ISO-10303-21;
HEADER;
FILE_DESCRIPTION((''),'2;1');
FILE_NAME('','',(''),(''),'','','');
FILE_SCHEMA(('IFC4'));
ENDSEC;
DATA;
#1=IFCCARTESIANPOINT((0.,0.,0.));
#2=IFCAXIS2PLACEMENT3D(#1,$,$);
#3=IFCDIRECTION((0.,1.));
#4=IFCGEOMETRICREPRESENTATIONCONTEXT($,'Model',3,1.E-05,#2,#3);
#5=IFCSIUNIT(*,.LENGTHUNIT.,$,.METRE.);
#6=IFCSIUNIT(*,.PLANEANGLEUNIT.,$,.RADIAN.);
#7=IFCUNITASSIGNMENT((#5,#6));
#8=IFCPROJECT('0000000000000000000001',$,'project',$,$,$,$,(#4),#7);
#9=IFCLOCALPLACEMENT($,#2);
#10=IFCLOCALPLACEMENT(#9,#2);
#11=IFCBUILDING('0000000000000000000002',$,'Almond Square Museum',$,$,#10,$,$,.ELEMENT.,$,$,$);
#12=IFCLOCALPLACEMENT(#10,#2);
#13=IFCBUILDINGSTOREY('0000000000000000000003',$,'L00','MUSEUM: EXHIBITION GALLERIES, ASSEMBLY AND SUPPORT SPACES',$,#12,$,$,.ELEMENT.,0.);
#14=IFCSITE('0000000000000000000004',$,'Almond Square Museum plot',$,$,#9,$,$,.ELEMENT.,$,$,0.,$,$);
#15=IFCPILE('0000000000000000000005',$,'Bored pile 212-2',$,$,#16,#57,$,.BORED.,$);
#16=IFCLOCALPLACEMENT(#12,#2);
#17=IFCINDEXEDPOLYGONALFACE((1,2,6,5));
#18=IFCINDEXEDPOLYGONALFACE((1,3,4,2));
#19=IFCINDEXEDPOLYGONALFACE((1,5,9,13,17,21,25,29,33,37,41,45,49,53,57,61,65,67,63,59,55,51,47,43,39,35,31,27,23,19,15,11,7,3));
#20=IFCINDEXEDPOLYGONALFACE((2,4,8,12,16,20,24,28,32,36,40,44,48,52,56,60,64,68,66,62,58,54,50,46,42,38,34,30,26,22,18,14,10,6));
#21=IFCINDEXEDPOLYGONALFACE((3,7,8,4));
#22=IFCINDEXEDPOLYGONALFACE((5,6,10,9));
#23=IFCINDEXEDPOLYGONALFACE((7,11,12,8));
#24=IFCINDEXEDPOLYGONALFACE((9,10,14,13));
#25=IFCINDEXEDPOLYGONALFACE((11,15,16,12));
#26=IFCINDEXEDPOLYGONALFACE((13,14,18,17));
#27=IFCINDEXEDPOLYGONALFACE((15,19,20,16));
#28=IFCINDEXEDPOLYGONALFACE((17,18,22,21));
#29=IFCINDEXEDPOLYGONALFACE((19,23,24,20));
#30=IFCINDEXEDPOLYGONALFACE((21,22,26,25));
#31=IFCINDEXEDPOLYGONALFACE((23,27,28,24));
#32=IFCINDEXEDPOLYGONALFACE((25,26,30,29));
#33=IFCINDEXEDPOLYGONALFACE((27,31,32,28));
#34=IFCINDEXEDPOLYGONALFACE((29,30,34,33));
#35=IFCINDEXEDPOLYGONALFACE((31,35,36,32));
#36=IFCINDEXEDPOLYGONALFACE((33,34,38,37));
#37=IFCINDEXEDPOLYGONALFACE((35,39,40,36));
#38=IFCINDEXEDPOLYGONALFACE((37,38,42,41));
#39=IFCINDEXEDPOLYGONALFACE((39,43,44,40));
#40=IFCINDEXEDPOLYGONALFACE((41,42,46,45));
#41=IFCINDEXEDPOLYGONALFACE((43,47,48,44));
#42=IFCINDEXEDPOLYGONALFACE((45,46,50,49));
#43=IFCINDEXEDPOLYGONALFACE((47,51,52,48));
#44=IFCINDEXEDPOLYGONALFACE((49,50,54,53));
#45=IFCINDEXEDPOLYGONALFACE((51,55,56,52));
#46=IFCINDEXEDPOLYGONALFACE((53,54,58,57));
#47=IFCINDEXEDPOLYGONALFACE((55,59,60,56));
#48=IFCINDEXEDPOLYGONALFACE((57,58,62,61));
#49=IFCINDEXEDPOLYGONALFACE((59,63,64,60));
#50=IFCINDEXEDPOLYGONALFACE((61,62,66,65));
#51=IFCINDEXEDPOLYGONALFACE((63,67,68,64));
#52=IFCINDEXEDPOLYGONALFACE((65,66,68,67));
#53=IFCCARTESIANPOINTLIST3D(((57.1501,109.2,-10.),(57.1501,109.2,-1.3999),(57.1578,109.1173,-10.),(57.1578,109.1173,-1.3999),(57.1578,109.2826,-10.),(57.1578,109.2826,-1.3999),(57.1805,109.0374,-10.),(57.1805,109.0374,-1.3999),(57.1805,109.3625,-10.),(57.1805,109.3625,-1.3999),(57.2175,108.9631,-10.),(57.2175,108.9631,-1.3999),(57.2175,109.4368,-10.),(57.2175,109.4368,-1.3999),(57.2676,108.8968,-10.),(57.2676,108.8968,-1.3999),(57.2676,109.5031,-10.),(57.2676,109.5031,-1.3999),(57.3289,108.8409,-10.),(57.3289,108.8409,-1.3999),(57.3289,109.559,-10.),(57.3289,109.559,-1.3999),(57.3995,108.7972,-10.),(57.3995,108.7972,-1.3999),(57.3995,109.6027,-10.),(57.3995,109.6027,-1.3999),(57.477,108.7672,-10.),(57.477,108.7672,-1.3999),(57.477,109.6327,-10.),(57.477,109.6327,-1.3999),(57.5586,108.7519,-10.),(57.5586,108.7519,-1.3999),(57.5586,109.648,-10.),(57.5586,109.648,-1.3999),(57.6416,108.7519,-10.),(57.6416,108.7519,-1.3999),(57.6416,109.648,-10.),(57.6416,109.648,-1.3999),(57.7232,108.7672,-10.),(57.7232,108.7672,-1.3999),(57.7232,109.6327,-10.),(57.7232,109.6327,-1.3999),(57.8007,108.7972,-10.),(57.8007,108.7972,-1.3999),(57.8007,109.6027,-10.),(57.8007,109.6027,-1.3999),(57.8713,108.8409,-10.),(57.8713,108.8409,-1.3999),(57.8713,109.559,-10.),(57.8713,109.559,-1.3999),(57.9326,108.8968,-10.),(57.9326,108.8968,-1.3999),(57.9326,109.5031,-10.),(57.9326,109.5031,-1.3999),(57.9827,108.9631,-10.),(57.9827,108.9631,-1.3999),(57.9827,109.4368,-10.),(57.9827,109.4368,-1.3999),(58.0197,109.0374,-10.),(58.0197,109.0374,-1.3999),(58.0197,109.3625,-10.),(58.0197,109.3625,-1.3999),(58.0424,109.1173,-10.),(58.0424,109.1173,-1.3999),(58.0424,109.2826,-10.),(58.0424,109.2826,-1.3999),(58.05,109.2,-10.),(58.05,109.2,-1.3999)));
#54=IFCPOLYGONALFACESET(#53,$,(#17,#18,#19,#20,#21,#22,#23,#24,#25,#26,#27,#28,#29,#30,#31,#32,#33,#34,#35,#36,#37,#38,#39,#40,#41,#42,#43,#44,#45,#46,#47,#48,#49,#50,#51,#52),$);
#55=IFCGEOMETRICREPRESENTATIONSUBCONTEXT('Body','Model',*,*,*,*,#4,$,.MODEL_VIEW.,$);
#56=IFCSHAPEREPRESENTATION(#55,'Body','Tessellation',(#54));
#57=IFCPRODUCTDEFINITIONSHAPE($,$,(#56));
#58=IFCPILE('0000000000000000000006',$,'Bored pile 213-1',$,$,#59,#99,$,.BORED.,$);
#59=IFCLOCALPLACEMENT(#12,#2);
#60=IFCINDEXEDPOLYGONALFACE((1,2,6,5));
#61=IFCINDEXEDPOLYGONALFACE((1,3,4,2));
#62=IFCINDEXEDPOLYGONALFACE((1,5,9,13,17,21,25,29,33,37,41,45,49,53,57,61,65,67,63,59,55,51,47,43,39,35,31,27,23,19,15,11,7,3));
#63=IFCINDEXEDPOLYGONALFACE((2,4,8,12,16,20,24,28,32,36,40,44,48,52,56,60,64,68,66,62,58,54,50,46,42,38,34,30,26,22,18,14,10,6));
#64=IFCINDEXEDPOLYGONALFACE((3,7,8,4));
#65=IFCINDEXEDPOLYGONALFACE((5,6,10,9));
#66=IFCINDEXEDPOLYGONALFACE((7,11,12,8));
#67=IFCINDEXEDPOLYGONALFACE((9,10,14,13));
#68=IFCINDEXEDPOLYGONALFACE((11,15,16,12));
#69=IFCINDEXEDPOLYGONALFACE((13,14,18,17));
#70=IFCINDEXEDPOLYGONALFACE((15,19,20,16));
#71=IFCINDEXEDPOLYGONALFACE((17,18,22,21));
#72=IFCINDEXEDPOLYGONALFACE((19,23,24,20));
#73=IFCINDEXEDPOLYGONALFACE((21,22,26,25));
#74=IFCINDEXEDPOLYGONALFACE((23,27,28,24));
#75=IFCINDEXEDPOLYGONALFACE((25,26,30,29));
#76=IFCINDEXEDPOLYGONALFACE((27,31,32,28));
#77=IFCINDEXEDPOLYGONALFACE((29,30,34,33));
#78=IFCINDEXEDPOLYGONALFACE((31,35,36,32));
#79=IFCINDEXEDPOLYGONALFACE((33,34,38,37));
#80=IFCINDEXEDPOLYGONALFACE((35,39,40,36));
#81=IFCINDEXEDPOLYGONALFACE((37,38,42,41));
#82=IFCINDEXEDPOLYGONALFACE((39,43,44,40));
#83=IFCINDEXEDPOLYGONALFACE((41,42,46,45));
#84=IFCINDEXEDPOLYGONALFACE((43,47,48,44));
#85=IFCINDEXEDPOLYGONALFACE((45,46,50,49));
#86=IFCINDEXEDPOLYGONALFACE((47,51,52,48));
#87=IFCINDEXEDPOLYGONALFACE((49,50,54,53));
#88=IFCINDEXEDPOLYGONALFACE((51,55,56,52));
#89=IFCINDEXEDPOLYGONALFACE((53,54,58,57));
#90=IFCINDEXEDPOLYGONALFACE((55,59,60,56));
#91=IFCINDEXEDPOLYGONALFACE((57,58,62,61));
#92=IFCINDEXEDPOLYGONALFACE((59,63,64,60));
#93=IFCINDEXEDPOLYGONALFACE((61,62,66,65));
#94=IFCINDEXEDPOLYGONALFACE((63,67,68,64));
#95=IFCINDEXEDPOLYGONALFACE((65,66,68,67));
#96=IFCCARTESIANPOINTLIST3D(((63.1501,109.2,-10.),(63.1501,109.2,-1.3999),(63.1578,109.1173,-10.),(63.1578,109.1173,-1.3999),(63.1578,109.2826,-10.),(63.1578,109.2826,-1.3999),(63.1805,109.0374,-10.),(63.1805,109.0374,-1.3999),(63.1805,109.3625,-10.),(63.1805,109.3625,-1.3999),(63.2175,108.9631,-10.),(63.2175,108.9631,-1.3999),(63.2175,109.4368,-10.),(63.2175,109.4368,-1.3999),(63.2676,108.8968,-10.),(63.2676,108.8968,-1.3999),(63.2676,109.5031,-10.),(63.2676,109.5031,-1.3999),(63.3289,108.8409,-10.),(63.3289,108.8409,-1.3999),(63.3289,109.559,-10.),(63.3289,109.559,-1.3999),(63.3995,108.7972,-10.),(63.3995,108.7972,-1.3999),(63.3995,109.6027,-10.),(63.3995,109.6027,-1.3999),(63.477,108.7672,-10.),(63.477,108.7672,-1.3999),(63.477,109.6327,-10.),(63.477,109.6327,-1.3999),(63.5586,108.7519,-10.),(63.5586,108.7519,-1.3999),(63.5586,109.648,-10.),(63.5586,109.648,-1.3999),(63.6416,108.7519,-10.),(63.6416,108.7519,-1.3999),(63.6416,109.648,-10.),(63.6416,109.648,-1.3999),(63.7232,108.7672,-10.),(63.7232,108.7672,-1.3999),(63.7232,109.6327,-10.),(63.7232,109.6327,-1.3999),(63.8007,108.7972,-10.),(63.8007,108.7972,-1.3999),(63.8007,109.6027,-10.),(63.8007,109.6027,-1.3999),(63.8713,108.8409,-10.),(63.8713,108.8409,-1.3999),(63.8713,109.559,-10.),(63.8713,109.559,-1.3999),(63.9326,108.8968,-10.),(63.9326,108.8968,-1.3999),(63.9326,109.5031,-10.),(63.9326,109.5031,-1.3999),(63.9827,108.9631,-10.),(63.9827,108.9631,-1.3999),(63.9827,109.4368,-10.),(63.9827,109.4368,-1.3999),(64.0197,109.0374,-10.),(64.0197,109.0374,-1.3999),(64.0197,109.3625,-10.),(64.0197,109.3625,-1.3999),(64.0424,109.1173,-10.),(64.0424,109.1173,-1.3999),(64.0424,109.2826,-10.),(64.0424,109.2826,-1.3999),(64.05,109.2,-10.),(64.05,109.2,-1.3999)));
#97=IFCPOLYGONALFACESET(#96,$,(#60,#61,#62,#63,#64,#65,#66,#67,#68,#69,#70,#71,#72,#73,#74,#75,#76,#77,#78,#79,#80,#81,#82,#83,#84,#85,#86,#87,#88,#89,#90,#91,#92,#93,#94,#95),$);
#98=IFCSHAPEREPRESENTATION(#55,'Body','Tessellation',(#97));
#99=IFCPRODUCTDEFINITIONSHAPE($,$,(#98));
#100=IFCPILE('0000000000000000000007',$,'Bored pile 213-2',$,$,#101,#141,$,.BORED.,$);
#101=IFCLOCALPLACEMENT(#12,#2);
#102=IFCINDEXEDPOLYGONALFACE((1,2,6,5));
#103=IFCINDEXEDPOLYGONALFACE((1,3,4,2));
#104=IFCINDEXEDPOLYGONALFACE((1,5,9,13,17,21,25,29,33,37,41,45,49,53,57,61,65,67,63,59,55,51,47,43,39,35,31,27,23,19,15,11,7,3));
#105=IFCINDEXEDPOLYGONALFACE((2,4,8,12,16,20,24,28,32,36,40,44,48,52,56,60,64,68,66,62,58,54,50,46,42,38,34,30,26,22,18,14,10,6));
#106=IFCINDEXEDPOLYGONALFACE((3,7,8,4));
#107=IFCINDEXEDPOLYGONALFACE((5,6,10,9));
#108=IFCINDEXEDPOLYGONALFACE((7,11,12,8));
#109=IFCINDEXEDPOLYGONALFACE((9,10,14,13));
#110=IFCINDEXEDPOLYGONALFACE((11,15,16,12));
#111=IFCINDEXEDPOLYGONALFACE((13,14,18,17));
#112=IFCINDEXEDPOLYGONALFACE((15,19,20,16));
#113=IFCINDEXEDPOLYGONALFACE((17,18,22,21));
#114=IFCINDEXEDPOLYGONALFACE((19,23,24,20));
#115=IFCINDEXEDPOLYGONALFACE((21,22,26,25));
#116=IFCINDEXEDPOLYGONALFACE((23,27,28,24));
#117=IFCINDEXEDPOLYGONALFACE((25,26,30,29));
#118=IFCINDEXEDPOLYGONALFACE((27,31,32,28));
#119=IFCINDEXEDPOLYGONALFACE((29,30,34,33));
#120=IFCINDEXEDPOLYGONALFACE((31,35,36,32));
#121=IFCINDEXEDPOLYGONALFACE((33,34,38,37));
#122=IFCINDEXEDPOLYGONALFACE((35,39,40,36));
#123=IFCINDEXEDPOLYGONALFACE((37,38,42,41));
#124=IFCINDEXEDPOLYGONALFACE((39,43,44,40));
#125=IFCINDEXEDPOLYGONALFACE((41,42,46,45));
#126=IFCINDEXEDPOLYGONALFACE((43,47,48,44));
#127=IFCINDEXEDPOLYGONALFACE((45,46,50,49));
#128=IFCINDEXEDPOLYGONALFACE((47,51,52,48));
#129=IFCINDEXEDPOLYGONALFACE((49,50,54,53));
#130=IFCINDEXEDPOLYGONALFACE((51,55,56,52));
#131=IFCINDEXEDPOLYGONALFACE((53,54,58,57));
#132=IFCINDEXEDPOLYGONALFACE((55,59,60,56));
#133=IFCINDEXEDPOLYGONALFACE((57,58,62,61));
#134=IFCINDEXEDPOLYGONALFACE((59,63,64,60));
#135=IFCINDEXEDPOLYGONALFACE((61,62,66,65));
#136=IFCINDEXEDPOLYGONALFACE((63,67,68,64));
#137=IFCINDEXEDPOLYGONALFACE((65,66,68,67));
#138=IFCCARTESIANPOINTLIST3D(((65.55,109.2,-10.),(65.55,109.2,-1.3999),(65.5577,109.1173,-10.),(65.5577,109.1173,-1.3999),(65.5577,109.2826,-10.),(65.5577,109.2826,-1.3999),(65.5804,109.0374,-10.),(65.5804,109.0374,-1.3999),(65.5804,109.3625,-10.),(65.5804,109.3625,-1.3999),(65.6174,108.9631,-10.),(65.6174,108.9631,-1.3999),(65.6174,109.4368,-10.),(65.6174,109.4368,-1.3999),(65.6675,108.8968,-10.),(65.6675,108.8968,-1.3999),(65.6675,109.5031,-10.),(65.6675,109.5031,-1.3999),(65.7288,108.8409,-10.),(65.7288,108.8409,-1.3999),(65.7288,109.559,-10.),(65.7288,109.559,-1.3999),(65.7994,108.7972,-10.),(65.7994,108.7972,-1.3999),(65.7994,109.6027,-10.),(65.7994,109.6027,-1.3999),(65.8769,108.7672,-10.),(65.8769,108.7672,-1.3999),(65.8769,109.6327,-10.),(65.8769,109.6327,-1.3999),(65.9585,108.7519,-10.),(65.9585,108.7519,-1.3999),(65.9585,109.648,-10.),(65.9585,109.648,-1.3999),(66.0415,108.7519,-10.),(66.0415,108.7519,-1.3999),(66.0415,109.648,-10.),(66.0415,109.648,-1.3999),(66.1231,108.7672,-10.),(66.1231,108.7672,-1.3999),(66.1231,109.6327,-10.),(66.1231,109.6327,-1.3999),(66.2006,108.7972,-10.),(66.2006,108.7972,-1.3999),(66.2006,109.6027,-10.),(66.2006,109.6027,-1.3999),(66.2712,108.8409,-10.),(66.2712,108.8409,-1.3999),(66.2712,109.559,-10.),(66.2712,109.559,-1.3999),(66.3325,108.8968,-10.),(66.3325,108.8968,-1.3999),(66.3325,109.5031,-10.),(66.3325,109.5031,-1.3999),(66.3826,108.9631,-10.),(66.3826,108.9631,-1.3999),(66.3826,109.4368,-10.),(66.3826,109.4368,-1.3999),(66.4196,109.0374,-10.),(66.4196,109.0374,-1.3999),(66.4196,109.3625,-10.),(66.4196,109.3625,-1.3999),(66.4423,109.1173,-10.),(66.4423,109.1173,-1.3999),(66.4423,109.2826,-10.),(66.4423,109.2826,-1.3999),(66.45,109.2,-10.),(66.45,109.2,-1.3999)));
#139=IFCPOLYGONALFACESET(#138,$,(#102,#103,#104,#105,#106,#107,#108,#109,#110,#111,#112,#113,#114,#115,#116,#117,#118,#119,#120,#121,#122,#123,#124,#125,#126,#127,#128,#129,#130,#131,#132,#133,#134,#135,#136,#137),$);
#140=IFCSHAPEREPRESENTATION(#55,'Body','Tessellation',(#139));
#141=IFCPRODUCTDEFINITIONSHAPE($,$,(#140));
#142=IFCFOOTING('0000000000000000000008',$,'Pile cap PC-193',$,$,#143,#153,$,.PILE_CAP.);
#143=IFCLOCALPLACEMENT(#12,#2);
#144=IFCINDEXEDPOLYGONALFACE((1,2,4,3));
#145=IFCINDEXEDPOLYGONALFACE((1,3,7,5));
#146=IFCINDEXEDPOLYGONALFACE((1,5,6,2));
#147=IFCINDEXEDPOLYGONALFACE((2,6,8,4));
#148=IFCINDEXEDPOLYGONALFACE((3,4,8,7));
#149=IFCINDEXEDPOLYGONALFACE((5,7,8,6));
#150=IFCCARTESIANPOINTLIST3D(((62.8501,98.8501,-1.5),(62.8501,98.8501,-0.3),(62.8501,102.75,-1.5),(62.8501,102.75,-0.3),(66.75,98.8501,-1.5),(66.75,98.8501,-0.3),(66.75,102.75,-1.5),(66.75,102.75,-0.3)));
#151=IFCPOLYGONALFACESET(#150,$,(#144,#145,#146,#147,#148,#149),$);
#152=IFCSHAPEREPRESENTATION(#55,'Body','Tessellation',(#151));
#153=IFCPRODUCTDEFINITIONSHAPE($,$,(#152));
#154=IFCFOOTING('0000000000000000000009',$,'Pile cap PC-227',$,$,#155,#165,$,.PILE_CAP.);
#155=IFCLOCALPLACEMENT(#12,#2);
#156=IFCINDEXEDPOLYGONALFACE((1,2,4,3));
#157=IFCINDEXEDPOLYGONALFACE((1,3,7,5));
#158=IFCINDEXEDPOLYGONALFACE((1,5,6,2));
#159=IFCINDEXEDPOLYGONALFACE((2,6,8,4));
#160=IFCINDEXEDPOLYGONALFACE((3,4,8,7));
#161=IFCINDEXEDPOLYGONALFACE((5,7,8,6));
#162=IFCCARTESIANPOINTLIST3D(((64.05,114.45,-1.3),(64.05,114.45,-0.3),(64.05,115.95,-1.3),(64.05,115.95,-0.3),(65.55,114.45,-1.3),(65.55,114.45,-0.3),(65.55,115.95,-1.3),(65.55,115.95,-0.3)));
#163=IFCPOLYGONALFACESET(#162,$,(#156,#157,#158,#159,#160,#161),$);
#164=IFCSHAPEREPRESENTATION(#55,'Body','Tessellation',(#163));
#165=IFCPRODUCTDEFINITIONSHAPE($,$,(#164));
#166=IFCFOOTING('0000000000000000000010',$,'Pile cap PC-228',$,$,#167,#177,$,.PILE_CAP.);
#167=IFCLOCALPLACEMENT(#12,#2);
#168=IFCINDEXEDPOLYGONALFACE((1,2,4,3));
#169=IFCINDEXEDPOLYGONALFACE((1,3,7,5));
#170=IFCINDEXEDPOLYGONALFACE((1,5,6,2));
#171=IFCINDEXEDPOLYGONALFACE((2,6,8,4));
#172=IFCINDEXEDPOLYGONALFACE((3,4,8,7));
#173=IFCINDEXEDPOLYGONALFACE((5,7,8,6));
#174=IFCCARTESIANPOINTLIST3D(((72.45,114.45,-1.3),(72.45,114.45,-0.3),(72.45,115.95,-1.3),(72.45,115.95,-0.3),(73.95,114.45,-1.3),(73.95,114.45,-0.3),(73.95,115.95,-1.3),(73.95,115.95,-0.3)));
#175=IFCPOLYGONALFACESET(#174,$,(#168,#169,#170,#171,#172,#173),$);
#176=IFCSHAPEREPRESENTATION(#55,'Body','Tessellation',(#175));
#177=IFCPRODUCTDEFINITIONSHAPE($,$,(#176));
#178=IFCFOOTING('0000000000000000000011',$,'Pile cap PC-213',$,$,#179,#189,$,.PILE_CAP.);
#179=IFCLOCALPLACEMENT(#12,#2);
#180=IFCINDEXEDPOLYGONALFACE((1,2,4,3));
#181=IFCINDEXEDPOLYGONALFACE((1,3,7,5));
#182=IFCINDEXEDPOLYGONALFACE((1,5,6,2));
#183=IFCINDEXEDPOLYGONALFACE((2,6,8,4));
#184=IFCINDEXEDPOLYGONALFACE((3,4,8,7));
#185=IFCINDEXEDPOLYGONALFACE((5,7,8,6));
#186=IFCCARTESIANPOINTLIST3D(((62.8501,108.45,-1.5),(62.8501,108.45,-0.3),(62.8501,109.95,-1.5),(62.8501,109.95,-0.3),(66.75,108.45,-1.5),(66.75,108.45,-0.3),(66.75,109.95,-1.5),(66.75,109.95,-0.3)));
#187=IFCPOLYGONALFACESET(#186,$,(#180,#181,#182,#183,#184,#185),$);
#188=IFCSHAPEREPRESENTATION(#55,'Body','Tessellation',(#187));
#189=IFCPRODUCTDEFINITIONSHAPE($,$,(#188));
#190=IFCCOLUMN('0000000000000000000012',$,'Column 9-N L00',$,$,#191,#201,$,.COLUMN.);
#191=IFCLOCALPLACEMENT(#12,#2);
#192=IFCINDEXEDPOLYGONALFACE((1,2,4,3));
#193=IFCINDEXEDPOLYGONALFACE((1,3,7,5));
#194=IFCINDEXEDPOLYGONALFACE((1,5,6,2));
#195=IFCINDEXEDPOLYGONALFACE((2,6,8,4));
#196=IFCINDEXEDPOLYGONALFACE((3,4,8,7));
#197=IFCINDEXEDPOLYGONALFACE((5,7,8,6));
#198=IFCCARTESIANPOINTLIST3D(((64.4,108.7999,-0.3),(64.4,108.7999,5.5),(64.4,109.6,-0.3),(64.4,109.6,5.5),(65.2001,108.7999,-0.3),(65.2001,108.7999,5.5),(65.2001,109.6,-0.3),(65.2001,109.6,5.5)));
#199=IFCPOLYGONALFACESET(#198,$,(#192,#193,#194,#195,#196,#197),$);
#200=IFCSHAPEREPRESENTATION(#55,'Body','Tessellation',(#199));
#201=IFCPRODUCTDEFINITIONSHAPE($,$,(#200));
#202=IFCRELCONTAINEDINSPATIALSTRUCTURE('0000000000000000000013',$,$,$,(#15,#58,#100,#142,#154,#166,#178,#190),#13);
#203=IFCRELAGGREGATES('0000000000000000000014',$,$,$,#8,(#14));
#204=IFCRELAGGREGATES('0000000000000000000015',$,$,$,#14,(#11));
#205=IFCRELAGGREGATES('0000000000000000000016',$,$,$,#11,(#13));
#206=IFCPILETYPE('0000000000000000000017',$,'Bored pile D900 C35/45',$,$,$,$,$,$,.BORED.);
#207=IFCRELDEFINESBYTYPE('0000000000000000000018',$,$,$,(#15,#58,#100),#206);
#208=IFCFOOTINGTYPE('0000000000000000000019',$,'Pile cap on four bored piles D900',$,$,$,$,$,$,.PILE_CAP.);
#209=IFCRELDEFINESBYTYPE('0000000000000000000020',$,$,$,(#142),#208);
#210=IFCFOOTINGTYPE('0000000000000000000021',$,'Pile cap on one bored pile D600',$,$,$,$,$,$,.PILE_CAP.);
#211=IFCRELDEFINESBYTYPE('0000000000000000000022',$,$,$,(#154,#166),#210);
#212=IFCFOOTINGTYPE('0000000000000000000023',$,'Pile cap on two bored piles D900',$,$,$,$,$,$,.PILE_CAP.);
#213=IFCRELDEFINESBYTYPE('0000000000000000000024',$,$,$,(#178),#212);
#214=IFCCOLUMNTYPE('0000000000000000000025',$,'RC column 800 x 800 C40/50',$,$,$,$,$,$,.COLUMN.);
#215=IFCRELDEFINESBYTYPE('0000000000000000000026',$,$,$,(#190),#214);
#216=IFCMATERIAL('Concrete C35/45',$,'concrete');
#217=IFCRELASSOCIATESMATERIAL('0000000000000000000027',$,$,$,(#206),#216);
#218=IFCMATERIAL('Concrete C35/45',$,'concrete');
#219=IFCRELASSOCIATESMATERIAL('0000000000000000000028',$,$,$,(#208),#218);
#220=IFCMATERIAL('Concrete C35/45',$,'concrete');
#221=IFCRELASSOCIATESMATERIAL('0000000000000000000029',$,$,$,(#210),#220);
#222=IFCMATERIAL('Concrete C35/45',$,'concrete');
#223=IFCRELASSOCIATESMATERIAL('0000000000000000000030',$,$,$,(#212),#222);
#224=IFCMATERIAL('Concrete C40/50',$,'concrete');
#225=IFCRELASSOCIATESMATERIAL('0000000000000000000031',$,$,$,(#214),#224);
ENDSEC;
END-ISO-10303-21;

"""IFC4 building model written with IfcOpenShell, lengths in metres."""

from ifc_helpers import new_model, si_unit, direction, frame, origin, origin_2d, place, context, subcontext, project, spatial, rectangle, circle, extrude, material, material_profile, profile_set, type_object, element, save


model = new_model("IFC4")

# Units and contexts
model_context = context("Model", 3, precision=1e-05, world=origin(), true_north=direction((0.0, 1.0)))
body_context = subcontext(model_context, "Body", "Model", "MODEL_VIEW")
ifc_project = project(units=[si_unit("LENGTHUNIT", "METRE"), si_unit("PLANEANGLEUNIT", "RADIAN")], contexts=[model_context])

# Site, building, storey
site_placement = place(None, origin())
site = spatial("IfcSite", under=ifc_project, at=site_placement, Name="Almond Square Museum plot", CompositionType="ELEMENT", RefElevation=0.0)
building_placement = place(site_placement, origin())
building = spatial("IfcBuilding", under=site, at=building_placement, Name="Almond Square Museum", CompositionType="ELEMENT")
storey_placement = place(building_placement, origin())
storey = spatial("IfcBuildingStorey", under=building, at=storey_placement, Name="L00", Description="MUSEUM: EXHIBITION GALLERIES, ASSEMBLY AND SUPPORT SPACES", CompositionType="ELEMENT", Elevation=0.0)

# Piles
ifc_material_1 = material(Name="Concrete C35/45", Category="concrete")
ifc_material_profile_1 = material_profile(ifc_material_1, circle(Radius=0.45, at=origin_2d()))
ifc_profile_set_1 = profile_set([ifc_material_profile_1], Name="Concrete C35/45")
pile_type_1 = type_object("IfcPileType", Name="Bored pile D900 C35/45", PredefinedType="BORED", material=ifc_profile_set_1)
for number, where, z_axis, x_axis, name in (
    (1, (57.6001, 109.2, -1.3999), (0.0, 0.0, -1.0), (1.0, 0.0, 0.0), "Bored pile 212-2"),
    (2, (63.6001, 109.2, -1.3999), (0.0, 0.0, -1.0), (1.0, 0.0, 0.0), "Bored pile 213-1"),
    (3, (66.0, 109.2, -1.3999), (0.0, 0.0, -1.0), (1.0, 0.0, 0.0), "Bored pile 213-2"),
):
    element("IfcPile", number, at=place(storey_placement, frame(where, z_axis=z_axis, x_axis=x_axis)), inside=storey, type_object=pile_type_1, Name=name, PredefinedType="BORED", context=body_context, shape_type="SweptSolid", body=[
        extrude(circle(Radius=0.45, at=origin_2d()), origin(), (0.0, 0.0, 1.0), 8.6001),
    ])

# Footings
ifc_material_2 = material(Name="Concrete C35/45", Category="concrete")
footing_type_1 = type_object("IfcFootingType", Name="Pile cap on four bored piles D900", PredefinedType="PILE_CAP", material=ifc_material_2)
footing_1_placement = place(storey_placement, frame((64.8, 100.8, -1.5), z_axis=(0.0, 0.0, 1.0), x_axis=(1.0, 0.0, 0.0)))
element("IfcFooting", 4, at=footing_1_placement, inside=storey, type_object=footing_type_1, Name="Pile cap PC-193", PredefinedType="PILE_CAP", context=body_context, shape_type="SweptSolid", body=[
    extrude(rectangle(XDim=3.8999, YDim=3.8999, at=origin_2d()), origin(), (0.0, 0.0, 1.0), 1.2),
])
ifc_material_3 = material(Name="Concrete C35/45", Category="concrete")
footing_type_2 = type_object("IfcFootingType", Name="Pile cap on one bored pile D600", PredefinedType="PILE_CAP", material=ifc_material_3)
for number, where, z_axis, x_axis, name in (
    (5, (64.8, 115.2, -1.3), (0.0, 0.0, 1.0), (1.0, 0.0, 0.0), "Pile cap PC-227"),
    (6, (73.2, 115.2, -1.3), (0.0, 0.0, 1.0), (1.0, 0.0, 0.0), "Pile cap PC-228"),
):
    element("IfcFooting", number, at=place(storey_placement, frame(where, z_axis=z_axis, x_axis=x_axis)), inside=storey, type_object=footing_type_2, Name=name, PredefinedType="PILE_CAP", context=body_context, shape_type="SweptSolid", body=[
        extrude(rectangle(XDim=1.5, YDim=1.5, at=origin_2d()), origin(), (0.0, 0.0, 1.0), 1.0),
    ])
ifc_material_4 = material(Name="Concrete C35/45", Category="concrete")
footing_type_3 = type_object("IfcFootingType", Name="Pile cap on two bored piles D900", PredefinedType="PILE_CAP", material=ifc_material_4)
footing_2_placement = place(storey_placement, frame((64.8, 109.2, -1.5), z_axis=(0.0, 0.0, 1.0), x_axis=(1.0, 0.0, 0.0)))
element("IfcFooting", 7, at=footing_2_placement, inside=storey, type_object=footing_type_3, Name="Pile cap PC-213", PredefinedType="PILE_CAP", context=body_context, shape_type="SweptSolid", body=[
    extrude(rectangle(XDim=3.8999, YDim=1.5, at=origin_2d()), origin(), (0.0, 0.0, 1.0), 1.2),
])

# Column
ifc_material_5 = material(Name="Concrete C40/50", Category="concrete")
ifc_material_profile_2 = material_profile(ifc_material_5, rectangle(XDim=0.8, YDim=0.8, at=origin_2d()))
ifc_profile_set_2 = profile_set([ifc_material_profile_2], Name="Concrete C40/50")
column_type_1 = type_object("IfcColumnType", Name="RC column 800 x 800 C40/50", PredefinedType="COLUMN", material=ifc_profile_set_2)
column_placement = place(storey_placement, frame((64.8, 109.2, -0.3), z_axis=(0.0, 0.0, 1.0), x_axis=(1.0, 0.0, 0.0)))
element("IfcColumn", 8, at=column_placement, inside=storey, type_object=column_type_1, Name="Column 9-N L00", PredefinedType="COLUMN", context=body_context, shape_type="SweptSolid", body=[
    extrude(rectangle(XDim=0.8, YDim=0.8, at=origin_2d()), origin(), (0.0, 0.0, 1.0), 5.8),
])

save(model, "model.ifc")
